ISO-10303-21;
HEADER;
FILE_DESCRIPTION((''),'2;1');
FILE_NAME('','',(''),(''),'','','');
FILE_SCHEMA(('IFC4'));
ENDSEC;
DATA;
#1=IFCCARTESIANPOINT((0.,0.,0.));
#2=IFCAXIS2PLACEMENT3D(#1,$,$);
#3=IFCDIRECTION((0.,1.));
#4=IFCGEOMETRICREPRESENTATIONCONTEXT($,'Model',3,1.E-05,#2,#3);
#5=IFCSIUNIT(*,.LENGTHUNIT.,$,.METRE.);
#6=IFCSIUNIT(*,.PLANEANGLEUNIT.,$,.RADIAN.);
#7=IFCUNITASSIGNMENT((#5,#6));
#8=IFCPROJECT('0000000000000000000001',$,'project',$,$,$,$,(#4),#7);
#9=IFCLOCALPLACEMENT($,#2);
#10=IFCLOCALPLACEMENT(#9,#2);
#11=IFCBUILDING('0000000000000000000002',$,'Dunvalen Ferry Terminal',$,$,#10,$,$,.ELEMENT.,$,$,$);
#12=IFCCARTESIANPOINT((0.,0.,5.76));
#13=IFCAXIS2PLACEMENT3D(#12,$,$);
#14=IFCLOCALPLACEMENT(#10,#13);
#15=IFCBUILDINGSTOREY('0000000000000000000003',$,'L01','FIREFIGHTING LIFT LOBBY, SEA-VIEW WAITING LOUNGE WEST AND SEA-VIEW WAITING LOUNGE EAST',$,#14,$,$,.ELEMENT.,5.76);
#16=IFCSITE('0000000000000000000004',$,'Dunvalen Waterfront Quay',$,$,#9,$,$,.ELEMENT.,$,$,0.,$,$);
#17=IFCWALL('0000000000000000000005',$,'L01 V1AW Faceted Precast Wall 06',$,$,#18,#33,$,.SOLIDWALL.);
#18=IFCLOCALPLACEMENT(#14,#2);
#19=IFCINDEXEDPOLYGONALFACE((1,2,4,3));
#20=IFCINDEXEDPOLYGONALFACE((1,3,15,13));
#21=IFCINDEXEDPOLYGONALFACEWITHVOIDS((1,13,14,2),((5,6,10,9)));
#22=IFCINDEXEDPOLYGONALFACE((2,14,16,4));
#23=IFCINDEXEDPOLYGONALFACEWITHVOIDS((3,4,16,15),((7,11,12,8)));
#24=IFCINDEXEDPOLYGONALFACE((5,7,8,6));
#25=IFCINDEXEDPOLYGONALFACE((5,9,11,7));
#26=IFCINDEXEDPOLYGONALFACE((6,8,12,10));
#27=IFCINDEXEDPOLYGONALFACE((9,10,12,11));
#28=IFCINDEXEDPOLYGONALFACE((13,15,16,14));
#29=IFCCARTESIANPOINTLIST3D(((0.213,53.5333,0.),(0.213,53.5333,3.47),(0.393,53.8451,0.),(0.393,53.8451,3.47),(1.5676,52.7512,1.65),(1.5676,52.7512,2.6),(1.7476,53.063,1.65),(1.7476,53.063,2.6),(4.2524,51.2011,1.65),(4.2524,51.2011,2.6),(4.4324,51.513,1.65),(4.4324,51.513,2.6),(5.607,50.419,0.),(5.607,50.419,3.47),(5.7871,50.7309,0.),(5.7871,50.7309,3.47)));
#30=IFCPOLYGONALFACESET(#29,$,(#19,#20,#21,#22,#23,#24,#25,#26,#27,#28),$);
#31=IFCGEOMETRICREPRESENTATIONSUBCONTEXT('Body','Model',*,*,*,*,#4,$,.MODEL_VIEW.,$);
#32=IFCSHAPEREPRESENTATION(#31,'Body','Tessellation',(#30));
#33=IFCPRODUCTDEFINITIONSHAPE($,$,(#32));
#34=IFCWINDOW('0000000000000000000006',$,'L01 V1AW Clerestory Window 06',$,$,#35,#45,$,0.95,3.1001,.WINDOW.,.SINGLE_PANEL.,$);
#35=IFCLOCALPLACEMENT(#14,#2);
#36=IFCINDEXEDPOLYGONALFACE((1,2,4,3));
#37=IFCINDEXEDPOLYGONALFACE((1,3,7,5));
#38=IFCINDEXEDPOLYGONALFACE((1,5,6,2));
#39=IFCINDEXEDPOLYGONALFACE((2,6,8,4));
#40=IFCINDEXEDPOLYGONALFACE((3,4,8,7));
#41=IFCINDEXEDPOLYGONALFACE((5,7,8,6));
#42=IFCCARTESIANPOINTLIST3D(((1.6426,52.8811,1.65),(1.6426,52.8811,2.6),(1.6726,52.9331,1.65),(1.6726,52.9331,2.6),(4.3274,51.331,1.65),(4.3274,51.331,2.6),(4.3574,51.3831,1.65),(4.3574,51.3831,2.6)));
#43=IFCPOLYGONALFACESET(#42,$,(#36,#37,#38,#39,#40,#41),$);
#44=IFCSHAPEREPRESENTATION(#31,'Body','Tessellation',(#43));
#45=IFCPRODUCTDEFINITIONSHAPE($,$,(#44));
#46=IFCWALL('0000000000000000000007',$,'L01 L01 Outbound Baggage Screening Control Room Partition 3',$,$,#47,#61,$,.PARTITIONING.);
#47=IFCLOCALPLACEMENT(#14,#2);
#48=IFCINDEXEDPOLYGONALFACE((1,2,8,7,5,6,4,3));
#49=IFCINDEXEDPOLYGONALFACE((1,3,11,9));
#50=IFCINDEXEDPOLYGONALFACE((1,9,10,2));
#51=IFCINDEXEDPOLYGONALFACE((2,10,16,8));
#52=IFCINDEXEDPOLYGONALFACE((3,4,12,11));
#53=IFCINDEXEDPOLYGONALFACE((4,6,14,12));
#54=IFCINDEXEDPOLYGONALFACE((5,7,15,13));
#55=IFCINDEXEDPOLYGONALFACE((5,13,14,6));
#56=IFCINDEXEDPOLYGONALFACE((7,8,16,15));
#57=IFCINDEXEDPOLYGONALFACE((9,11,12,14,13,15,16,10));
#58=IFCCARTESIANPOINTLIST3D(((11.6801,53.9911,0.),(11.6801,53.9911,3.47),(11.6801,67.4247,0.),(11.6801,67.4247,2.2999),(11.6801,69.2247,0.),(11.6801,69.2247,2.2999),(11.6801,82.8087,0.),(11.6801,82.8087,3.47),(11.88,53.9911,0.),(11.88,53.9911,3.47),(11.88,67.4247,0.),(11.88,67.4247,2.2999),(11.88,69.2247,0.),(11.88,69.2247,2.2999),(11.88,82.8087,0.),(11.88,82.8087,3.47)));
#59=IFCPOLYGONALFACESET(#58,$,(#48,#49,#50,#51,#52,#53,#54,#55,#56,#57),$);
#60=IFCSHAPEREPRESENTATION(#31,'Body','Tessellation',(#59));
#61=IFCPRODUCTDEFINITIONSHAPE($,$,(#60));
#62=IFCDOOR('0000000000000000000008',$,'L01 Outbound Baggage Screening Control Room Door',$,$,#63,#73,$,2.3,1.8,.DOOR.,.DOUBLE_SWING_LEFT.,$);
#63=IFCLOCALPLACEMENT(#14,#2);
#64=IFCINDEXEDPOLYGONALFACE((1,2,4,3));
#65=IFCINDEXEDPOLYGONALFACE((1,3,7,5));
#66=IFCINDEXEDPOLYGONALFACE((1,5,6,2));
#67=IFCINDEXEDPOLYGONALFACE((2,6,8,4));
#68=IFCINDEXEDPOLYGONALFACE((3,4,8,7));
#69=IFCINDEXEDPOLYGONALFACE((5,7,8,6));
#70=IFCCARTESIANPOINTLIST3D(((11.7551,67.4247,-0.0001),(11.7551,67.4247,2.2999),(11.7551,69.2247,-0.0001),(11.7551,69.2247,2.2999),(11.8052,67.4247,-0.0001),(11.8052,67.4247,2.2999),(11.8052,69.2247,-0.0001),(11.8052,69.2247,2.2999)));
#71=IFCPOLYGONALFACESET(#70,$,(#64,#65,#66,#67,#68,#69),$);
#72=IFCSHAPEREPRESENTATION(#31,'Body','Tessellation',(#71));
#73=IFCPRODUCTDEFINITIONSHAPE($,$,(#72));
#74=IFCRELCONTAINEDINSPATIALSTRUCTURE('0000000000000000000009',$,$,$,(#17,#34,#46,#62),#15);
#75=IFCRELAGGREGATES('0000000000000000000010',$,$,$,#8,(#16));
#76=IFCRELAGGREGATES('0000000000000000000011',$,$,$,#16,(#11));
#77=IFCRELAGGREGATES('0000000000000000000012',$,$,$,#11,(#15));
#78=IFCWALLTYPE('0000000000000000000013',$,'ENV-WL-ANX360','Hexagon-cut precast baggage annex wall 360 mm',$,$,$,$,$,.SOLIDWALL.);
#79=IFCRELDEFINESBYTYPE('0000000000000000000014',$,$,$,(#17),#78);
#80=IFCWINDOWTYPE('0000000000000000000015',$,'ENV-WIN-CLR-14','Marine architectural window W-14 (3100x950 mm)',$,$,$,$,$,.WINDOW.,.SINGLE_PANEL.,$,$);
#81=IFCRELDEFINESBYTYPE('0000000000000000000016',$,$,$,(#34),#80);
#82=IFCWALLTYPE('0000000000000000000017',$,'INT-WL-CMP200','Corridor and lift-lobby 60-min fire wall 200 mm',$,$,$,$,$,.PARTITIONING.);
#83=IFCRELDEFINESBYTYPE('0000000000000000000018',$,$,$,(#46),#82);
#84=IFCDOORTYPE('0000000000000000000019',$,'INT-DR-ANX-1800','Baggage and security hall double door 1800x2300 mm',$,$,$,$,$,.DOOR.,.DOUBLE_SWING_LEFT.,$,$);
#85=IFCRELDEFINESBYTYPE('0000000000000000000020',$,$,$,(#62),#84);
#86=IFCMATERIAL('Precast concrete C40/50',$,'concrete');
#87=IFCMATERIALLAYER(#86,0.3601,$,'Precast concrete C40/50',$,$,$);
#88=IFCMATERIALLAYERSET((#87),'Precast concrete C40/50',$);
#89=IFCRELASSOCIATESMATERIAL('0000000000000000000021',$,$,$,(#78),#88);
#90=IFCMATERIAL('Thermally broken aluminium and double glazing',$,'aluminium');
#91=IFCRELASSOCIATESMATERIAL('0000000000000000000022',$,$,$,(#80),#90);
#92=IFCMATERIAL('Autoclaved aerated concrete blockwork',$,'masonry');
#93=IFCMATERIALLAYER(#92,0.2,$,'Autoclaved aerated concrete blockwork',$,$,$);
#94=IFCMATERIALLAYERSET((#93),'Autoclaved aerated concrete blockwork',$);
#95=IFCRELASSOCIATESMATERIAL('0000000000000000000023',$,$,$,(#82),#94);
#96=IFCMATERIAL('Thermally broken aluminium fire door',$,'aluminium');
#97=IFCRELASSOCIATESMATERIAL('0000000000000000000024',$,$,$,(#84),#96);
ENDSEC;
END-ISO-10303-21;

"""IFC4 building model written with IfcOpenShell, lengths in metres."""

from ifc_helpers import new_model, si_unit, direction, frame, frame_2d, origin, place, context, subcontext, project, spatial, rectangle, extrude, material, layer, layer_set, type_object, element, fill, save


model = new_model("IFC4")

# Units and contexts
model_context = context("Model", 3, precision=1e-05, world=origin(), true_north=direction((0.0, 1.0)))
body_context = subcontext(model_context, "Body", "Model", "MODEL_VIEW")
ifc_project = project(units=[si_unit("LENGTHUNIT", "METRE"), si_unit("PLANEANGLEUNIT", "RADIAN")], contexts=[model_context])

# Site, building, storey
site_placement = place(None, origin())
site = spatial("IfcSite", under=ifc_project, at=site_placement, Name="Dunvalen Waterfront Quay", CompositionType="ELEMENT", RefElevation=0.0)
building_placement = place(site_placement, origin())
building = spatial("IfcBuilding", under=site, at=building_placement, Name="Dunvalen Ferry Terminal", CompositionType="ELEMENT")
storey_placement = place(building_placement, frame((0.0, 0.0, 5.76)))
storey = spatial("IfcBuildingStorey", under=building, at=storey_placement, Name="L01", Description="FIREFIGHTING LIFT LOBBY, SEA-VIEW WAITING LOUNGE WEST AND SEA-VIEW WAITING LOUNGE EAST", CompositionType="ELEMENT", Elevation=5.76)

# Wall, opening, window
ifc_material_1 = material(Name="Precast concrete C40/50", Category="concrete")
ifc_layer_1 = layer(ifc_material_1, 0.3601, Name="Precast concrete C40/50")
ifc_layer_set_1 = layer_set([ifc_layer_1], Name="Precast concrete C40/50")
wall_type_1 = type_object("IfcWallType", Name="ENV-WL-ANX360", Description="Hexagon-cut precast baggage annex wall 360 mm", PredefinedType="SOLIDWALL", material=ifc_layer_set_1)
ifc_material_2 = material(Name="Thermally broken aluminium and double glazing", Category="aluminium")
window_type = type_object("IfcWindowType", Name="ENV-WIN-CLR-14", Description="Marine architectural window W-14 (3100x950 mm)", PartitioningType="SINGLE_PANEL", PredefinedType="WINDOW", material=ifc_material_2)
wall_1_placement = place(storey_placement, frame((0.303, 53.6892, 0.0), z_axis=(0.0, 0.0, 1.0), x_axis=(0.866025, -0.500001, 0.0)))
wall_1 = element("IfcWall", 1, at=wall_1_placement, inside=storey, type_object=wall_type_1, Name="L01 V1AW Faceted Precast Wall 06", PredefinedType="SOLIDWALL", context=body_context, shape_type="SweptSolid", body=[
    extrude(rectangle(XDim=6.2285, YDim=0.3601, at=frame_2d((3.1143, 0.0))), origin(), (0.0, 0.0, 1.0), 3.47),
])
opening_1_placement = place(wall_1_placement, frame((1.5642, 0.0, 1.6499)))
opening_1 = element("IfcOpeningElement", 2, at=opening_1_placement, cuts=wall_1, PredefinedType="OPENING", context=body_context, shape_type="SweptSolid", body=[
    extrude(rectangle(XDim=3.1001, YDim=0.95, at=frame_2d((1.55, 0.4751))), frame((0.0, 0.1899, 0.0), z_axis=(0.0, -1.0, 0.0), x_axis=(1.0, 0.0, 0.0)), (0.0, 0.0, 1.0), 0.3801),
])
window_1_placement = place(opening_1_placement, origin())
window_1 = element("IfcWindow", 3, at=window_1_placement, inside=storey, type_object=window_type, Name="L01 V1AW Clerestory Window 06", OverallHeight=0.95, OverallWidth=3.1001, PartitioningType="SINGLE_PANEL", PredefinedType="WINDOW", context=body_context, shape_type="SweptSolid", body=[
    extrude(rectangle(XDim=3.1001, YDim=0.95, at=frame_2d((1.55, 0.4751))), frame((0.0, 0.03, 0.0), z_axis=(0.0, -1.0, 0.0), x_axis=(1.0, 0.0, 0.0)), (0.0, 0.0, 1.0), 0.0601),
])
fill(opening_1, window_1)

# Wall, opening, door
ifc_material_3 = material(Name="Autoclaved aerated concrete blockwork", Category="masonry")
ifc_layer_2 = layer(ifc_material_3, 0.2, Name="Autoclaved aerated concrete blockwork")
ifc_layer_set_2 = layer_set([ifc_layer_2], Name="Autoclaved aerated concrete blockwork")
wall_type_2 = type_object("IfcWallType", Name="INT-WL-CMP200", Description="Corridor and lift-lobby 60-min fire wall 200 mm", PredefinedType="PARTITIONING", material=ifc_layer_set_2)
wall_2_placement = place(storey_placement, frame((11.78, 53.9912, 0.0), z_axis=(0.0, 0.0, 1.0), x_axis=(0.0, 1.0, 0.0)))
wall_2 = element("IfcWall", 4, at=wall_2_placement, inside=storey, type_object=wall_type_2, Name="L01 L01 Outbound Baggage Screening Control Room Partition 3", PredefinedType="PARTITIONING", context=body_context, shape_type="SweptSolid", body=[
    extrude(rectangle(XDim=28.8176, YDim=0.2, at=frame_2d((14.4087, 0.0))), origin(), (0.0, 0.0, 1.0), 3.47),
])
opening_2_placement = place(wall_2_placement, frame((13.4336, 0.0, 0.0)))
opening_2 = element("IfcOpeningElement", 5, at=opening_2_placement, cuts=wall_2, PredefinedType="OPENING", context=body_context, shape_type="SweptSolid", body=[
    extrude(rectangle(XDim=1.8, YDim=2.3, at=frame_2d((0.8999, 1.1499))), frame((0.0, 0.1099, 0.0), z_axis=(0.0, -1.0, 0.0), x_axis=(1.0, 0.0, 0.0)), (0.0, 0.0, 1.0), 0.22),
])
ifc_material_4 = material(Name="Thermally broken aluminium fire door", Category="aluminium")
door_type = type_object("IfcDoorType", Name="INT-DR-ANX-1800", Description="Baggage and security hall double door 1800x2300 mm", OperationType="DOUBLE_SWING_LEFT", PredefinedType="DOOR", material=ifc_material_4)
door_placement = place(opening_2_placement, origin())
door = element("IfcDoor", 6, at=door_placement, inside=storey, type_object=door_type, Name="L01 Outbound Baggage Screening Control Room Door", OperationType="DOUBLE_SWING_LEFT", OverallHeight=2.3, OverallWidth=1.8, PredefinedType="DOOR", context=body_context, shape_type="SweptSolid", body=[
    extrude(rectangle(XDim=1.8, YDim=2.3, at=frame_2d((0.8999, 1.1499))), frame((0.0, 0.0249, 0.0), z_axis=(0.0, -1.0, 0.0), x_axis=(1.0, 0.0, 0.0)), (0.0, 0.0, 1.0), 0.05),
])
fill(opening_2, door)

save(model, "model.ifc")
